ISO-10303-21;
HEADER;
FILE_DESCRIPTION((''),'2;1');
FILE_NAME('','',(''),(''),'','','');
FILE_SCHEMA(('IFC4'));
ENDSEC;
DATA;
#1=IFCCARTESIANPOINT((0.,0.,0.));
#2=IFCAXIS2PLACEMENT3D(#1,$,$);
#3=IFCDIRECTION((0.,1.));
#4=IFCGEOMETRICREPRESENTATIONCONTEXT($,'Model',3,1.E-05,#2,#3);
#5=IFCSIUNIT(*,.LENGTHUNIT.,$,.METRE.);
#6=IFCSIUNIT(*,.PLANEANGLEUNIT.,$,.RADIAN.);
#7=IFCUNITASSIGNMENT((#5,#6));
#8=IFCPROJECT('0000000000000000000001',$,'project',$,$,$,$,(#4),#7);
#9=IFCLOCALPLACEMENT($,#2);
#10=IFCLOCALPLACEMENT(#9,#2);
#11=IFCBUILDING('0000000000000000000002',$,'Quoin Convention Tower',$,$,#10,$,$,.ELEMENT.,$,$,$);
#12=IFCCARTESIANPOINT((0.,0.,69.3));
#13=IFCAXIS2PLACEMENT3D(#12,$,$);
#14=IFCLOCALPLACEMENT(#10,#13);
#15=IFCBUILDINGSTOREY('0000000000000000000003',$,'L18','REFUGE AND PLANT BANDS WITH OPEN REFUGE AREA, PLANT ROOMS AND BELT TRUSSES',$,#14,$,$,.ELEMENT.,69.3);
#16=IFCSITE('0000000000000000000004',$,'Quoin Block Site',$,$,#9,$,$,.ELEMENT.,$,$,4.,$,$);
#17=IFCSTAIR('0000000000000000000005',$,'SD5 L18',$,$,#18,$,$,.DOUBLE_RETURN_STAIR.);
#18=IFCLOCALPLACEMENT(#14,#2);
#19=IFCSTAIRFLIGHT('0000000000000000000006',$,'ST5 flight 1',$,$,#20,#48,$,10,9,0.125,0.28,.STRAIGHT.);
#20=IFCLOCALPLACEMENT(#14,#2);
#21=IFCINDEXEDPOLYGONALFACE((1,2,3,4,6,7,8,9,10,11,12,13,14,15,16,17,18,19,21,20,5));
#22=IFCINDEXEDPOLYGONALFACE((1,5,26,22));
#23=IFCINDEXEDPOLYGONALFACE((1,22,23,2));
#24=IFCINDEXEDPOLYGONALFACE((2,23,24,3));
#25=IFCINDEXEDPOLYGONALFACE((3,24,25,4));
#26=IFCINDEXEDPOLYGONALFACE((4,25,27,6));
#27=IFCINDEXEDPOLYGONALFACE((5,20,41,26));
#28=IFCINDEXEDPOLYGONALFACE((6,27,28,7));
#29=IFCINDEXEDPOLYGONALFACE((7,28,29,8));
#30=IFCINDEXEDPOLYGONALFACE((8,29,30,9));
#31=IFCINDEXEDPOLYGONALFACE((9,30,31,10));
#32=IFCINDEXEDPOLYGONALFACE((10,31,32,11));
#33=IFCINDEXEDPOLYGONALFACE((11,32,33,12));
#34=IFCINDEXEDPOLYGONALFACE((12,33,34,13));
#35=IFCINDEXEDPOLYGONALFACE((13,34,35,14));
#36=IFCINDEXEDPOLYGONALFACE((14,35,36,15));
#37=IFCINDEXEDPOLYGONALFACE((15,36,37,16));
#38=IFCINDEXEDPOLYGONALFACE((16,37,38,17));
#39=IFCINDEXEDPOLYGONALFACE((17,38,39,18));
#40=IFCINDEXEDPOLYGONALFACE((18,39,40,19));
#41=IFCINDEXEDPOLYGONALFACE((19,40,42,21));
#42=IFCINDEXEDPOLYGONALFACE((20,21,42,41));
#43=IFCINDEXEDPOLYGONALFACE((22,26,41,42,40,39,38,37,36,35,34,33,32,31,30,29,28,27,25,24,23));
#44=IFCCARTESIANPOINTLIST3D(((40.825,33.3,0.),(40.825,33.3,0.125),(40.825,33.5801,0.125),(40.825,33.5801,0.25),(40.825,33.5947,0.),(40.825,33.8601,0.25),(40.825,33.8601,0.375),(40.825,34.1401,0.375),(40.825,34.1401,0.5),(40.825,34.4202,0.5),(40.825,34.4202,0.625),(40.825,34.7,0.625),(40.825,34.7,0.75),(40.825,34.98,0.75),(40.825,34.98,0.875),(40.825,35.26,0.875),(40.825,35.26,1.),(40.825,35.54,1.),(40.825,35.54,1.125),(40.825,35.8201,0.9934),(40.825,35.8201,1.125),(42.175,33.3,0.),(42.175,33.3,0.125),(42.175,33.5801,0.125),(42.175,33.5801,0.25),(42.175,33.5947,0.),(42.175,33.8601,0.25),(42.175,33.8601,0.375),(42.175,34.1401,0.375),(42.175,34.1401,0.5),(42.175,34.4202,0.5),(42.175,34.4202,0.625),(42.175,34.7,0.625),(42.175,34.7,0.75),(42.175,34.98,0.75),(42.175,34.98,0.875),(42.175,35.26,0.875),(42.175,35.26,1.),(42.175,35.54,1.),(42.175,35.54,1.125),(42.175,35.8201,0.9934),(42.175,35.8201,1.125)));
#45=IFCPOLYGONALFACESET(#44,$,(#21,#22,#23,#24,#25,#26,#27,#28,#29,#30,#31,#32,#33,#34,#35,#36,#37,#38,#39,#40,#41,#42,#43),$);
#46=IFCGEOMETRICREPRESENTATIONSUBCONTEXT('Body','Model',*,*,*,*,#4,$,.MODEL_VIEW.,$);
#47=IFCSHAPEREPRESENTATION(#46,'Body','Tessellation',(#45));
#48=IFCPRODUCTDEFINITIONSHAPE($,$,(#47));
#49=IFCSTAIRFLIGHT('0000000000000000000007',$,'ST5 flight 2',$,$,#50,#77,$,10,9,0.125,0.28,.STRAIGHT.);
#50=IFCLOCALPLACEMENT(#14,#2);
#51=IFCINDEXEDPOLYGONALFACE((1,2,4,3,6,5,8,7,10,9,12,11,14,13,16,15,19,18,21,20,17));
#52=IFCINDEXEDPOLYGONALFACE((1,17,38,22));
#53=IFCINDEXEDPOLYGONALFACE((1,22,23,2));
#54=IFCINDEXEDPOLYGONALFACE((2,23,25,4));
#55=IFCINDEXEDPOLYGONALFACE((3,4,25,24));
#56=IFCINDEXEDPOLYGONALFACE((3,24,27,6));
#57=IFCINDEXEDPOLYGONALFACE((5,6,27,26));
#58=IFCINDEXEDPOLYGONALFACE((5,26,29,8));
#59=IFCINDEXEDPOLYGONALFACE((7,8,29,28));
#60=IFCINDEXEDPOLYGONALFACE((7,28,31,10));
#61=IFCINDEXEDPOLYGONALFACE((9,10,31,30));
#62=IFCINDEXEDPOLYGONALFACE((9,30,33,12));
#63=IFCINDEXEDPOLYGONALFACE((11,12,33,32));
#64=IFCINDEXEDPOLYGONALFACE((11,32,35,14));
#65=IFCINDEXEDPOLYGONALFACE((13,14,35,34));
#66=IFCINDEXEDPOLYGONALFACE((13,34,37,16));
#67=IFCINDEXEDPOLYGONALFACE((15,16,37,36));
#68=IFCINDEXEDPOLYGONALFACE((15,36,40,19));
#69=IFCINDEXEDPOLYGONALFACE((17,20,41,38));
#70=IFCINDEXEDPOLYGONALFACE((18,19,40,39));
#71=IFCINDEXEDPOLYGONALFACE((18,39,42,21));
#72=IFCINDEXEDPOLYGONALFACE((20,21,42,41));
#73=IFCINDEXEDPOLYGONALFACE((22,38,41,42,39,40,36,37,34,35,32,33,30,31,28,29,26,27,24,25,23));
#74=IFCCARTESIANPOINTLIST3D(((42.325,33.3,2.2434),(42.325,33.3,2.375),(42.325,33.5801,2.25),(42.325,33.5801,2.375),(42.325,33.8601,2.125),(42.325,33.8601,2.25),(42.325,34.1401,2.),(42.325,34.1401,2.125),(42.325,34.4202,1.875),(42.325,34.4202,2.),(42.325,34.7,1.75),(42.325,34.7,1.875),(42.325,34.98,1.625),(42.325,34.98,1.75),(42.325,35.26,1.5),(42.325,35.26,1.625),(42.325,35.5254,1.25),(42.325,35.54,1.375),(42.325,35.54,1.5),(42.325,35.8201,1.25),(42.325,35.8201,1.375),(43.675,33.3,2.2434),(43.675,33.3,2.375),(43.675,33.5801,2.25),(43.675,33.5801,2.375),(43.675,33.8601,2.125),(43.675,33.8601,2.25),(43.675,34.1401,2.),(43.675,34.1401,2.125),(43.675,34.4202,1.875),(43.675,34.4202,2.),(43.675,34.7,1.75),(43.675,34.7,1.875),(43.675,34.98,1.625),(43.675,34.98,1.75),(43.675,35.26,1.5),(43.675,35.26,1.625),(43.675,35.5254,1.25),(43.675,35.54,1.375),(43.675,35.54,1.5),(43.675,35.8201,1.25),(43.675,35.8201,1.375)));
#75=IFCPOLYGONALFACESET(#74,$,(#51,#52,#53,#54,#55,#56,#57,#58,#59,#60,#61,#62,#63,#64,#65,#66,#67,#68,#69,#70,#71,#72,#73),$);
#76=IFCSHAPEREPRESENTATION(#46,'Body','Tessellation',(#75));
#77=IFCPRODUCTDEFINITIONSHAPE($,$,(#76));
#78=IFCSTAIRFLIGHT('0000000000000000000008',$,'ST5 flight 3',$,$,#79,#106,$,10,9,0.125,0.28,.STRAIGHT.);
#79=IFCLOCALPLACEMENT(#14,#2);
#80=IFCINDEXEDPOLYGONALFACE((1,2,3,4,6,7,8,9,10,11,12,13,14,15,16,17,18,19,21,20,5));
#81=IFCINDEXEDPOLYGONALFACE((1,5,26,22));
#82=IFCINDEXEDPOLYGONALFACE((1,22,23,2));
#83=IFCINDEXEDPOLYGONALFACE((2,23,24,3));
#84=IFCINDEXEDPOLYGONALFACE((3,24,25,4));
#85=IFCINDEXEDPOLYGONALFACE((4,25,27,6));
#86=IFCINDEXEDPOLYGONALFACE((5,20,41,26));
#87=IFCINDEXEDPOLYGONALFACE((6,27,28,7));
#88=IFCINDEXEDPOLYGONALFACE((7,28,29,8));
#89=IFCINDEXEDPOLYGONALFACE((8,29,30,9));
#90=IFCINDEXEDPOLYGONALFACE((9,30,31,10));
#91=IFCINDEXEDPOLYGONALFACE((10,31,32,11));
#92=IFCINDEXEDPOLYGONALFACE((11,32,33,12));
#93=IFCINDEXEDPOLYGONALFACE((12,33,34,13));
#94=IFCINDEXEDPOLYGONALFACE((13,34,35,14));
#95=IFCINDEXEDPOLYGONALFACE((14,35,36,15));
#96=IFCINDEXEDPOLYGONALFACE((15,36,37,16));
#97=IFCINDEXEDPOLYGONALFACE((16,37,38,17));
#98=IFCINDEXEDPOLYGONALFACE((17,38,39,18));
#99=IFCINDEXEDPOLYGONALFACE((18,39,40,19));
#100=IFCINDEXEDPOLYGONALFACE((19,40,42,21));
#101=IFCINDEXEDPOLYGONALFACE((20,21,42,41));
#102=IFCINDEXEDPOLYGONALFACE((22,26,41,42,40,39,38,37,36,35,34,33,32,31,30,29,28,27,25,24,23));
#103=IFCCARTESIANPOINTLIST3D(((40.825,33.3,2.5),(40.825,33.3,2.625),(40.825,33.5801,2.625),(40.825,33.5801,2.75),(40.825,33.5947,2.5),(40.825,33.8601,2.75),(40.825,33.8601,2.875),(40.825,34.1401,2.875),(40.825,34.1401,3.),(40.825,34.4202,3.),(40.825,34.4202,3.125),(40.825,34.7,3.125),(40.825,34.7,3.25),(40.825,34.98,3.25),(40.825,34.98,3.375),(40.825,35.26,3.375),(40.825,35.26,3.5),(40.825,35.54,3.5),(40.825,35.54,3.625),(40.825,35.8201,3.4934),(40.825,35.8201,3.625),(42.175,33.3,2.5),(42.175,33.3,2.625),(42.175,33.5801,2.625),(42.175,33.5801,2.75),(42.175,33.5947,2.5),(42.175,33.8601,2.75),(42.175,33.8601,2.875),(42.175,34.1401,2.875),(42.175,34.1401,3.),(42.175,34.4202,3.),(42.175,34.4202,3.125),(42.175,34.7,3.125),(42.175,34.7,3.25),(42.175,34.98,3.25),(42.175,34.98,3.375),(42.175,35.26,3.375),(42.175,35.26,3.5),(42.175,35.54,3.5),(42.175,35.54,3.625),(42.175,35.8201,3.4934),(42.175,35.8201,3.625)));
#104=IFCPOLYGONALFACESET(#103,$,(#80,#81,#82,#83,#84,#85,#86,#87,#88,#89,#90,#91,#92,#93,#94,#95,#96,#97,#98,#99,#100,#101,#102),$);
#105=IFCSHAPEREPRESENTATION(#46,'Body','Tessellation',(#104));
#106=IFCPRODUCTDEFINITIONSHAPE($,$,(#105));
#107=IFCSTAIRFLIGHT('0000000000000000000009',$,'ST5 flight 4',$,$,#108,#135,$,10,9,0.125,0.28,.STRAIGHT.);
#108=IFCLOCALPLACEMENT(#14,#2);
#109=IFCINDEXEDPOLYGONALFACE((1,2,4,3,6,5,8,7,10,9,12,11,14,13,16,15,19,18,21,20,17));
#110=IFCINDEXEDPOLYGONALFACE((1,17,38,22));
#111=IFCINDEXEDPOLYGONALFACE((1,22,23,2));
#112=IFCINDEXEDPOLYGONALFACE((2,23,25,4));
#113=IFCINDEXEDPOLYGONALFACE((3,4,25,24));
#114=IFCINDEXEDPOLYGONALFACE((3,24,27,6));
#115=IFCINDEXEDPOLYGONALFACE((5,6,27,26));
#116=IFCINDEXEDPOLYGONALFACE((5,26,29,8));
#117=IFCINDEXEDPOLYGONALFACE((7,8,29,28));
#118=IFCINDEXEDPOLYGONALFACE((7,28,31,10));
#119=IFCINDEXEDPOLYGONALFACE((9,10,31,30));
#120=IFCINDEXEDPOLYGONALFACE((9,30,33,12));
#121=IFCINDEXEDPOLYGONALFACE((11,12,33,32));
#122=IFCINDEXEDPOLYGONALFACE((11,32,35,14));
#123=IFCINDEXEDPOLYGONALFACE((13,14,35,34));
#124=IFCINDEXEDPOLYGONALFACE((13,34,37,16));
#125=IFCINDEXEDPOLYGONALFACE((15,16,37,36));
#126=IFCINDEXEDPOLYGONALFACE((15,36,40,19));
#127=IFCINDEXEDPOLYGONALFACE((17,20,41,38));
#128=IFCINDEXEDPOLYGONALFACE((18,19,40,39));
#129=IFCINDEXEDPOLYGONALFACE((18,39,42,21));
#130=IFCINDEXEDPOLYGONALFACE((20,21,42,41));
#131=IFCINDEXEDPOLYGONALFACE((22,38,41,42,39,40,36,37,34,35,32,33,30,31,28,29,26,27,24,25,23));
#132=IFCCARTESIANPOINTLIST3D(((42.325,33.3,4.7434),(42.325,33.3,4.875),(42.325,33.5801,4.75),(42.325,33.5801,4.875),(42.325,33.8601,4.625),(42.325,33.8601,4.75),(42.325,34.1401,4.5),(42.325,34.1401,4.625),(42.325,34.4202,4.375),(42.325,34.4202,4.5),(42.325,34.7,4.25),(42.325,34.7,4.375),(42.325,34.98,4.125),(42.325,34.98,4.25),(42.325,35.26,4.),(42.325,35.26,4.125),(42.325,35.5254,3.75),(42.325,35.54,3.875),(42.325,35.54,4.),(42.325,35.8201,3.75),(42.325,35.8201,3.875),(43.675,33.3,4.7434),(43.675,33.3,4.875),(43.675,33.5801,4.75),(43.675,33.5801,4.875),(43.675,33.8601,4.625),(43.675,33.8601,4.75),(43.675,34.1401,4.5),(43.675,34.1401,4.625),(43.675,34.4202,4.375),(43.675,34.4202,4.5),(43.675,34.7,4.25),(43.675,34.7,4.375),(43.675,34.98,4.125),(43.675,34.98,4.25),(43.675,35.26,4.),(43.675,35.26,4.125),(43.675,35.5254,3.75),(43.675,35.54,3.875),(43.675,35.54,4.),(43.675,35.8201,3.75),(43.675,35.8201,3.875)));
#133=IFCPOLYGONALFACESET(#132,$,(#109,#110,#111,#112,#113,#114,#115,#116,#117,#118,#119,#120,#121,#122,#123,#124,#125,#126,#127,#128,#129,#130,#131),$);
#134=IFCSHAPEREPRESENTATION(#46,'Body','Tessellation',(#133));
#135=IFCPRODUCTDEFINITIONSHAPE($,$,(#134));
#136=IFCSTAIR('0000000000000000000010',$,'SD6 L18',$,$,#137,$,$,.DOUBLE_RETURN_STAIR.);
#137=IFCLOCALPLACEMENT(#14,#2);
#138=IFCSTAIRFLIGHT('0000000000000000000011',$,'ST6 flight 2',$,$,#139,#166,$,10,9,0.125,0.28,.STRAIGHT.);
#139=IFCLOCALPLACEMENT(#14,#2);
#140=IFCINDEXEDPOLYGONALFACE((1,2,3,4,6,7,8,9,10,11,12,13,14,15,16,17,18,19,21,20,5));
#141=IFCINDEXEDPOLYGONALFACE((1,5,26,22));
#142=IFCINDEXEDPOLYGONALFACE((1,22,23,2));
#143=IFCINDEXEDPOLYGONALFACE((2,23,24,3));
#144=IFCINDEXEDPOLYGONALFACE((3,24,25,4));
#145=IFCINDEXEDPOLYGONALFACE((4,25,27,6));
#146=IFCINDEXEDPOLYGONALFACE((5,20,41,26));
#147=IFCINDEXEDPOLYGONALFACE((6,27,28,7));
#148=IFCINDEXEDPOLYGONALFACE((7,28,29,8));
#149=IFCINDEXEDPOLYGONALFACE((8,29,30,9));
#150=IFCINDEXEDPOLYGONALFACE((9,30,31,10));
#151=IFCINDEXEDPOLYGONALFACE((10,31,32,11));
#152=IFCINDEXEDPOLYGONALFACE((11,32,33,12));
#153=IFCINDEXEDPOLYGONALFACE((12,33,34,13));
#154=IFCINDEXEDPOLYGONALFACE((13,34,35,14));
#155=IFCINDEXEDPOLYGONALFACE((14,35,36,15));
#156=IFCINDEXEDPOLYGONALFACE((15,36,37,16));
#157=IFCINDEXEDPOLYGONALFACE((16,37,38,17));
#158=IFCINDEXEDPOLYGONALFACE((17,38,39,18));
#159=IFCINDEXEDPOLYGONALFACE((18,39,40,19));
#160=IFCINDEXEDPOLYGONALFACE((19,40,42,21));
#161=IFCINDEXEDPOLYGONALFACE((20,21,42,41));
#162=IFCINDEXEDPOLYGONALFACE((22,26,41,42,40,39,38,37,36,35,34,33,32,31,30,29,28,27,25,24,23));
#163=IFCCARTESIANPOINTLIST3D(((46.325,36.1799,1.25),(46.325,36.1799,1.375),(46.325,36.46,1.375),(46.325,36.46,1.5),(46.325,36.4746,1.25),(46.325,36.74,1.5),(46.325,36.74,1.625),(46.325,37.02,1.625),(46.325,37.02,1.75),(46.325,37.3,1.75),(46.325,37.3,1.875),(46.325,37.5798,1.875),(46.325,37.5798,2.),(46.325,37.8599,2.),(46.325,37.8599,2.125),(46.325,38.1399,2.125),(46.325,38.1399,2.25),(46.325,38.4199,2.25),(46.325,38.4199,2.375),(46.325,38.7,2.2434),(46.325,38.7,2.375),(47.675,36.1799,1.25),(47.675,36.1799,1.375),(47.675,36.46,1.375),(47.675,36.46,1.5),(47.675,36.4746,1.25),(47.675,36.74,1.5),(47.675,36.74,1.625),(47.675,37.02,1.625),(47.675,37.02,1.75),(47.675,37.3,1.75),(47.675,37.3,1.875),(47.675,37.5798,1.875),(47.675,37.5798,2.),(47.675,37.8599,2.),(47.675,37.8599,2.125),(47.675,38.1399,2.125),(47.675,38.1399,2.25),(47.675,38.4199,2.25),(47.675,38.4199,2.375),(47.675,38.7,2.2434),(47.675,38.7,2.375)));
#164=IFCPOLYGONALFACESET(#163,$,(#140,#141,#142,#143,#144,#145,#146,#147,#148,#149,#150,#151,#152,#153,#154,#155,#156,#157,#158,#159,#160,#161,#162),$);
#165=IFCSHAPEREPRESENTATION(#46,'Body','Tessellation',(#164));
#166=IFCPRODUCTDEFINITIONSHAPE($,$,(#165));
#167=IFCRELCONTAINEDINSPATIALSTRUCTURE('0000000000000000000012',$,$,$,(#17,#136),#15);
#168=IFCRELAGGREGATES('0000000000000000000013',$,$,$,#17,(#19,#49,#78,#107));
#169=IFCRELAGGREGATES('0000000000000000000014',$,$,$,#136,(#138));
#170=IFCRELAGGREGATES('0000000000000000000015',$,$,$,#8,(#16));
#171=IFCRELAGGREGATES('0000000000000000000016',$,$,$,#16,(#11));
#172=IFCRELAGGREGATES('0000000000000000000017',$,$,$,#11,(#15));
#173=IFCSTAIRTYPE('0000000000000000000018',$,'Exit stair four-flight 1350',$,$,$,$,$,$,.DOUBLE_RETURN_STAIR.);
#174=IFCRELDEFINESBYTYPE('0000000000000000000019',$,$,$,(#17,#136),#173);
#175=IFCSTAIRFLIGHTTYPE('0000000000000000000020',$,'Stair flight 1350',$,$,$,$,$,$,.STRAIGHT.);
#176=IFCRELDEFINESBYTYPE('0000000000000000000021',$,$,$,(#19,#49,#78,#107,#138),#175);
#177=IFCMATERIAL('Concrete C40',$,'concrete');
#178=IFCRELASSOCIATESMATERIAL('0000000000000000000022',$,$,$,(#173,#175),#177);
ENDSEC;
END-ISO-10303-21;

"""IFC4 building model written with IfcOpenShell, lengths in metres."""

from ifc_helpers import new_model, si_unit, direction, frame, origin, place, context, subcontext, project, spatial, polyline, outline, extrude, material, type_object, element, aggregate, save


model = new_model("IFC4")

# Units and contexts
model_context = context("Model", 3, precision=1e-05, world=origin(), true_north=direction((0.0, 1.0)))
body_context = subcontext(model_context, "Body", "Model", "MODEL_VIEW")
ifc_project = project(units=[si_unit("LENGTHUNIT", "METRE"), si_unit("PLANEANGLEUNIT", "RADIAN")], contexts=[model_context])

# Site, building, storey
site_placement = place(None, origin())
site = spatial("IfcSite", under=ifc_project, at=site_placement, Name="Quoin Block Site", CompositionType="ELEMENT", RefElevation=4.0)
building_placement = place(site_placement, origin())
building = spatial("IfcBuilding", under=site, at=building_placement, Name="Quoin Convention Tower", CompositionType="ELEMENT")
storey_placement = place(building_placement, frame((0.0, 0.0, 69.3)))
storey = spatial("IfcBuildingStorey", under=building, at=storey_placement, Name="L18", Description="REFUGE AND PLANT BANDS WITH OPEN REFUGE AREA, PLANT ROOMS AND BELT TRUSSES", CompositionType="ELEMENT", Elevation=69.3)

# Stairs, stair flights
ifc_material_1 = material(Name="Concrete C40", Category="concrete")
stair_type = type_object("IfcStairType", Name="Exit stair four-flight 1350", PredefinedType="DOUBLE_RETURN_STAIR", material=ifc_material_1)
stair_1_placement = place(storey_placement, origin())
stair_1 = element("IfcStair", 1, at=stair_1_placement, inside=storey, type_object=stair_type, Name="SD5 L18", PredefinedType="DOUBLE_RETURN_STAIR")
stair_flight_type = type_object("IfcStairFlightType", Name="Stair flight 1350", PredefinedType="STRAIGHT", material=ifc_material_1)
stair_flight_1_placement = place(storey_placement, frame((41.5, 33.3, 0.0), z_axis=(0.0, 0.0, 1.0), x_axis=(0.0, 1.0, 0.0)))
stair_flight_1 = element("IfcStairFlight", 2, at=stair_flight_1_placement, type_object=stair_flight_type, Name="ST5 flight 1", NumberOfRisers=10, NumberOfTreads=9, PredefinedType="STRAIGHT", RiserHeight=0.125, TreadLength=0.28, context=body_context, shape_type="SweptSolid", body=[
    extrude(outline(polyline([(0.0, 0.0), (0.0, 0.125), (0.28, 0.125), (0.28, 0.25), (0.5601, 0.25), (0.5601, 0.375), (0.8401, 0.375), (0.8401, 0.5), (1.1201, 0.5), (1.1201, 0.625), (1.3999, 0.625), (1.3999, 0.75), (1.6799, 0.75), (1.6799, 0.875), (1.96, 0.875), (1.96, 1.0), (2.24, 1.0), (2.24, 1.125), (2.52, 1.125), (2.52, 1.25), (2.52, 0.9934), (0.2947, 0.0), (0.0, 0.0)])), frame((0.0, 0.675, 0.0), z_axis=(0.0, -1.0, 0.0), x_axis=(1.0, 0.0, 0.0)), (0.0, 0.0, 1.0), 1.3501),
])
stair_flight_2_placement = place(storey_placement, frame((43.0, 35.8201, 1.25), z_axis=(0.0, 0.0, 1.0), x_axis=(0.0, -1.0, 0.0)))
stair_flight_2 = element("IfcStairFlight", 3, at=stair_flight_2_placement, type_object=stair_flight_type, Name="ST5 flight 2", NumberOfRisers=10, NumberOfTreads=9, PredefinedType="STRAIGHT", RiserHeight=0.125, TreadLength=0.28, context=body_context, shape_type="SweptSolid", body=[
    extrude(outline(polyline([(0.0, 0.0), (0.0, 0.125), (0.28, 0.125), (0.28, 0.25), (0.5601, 0.25), (0.5601, 0.375), (0.8401, 0.375), (0.8401, 0.5), (1.1201, 0.5), (1.1201, 0.625), (1.3999, 0.625), (1.3999, 0.75), (1.6799, 0.75), (1.6799, 0.875), (1.96, 0.875), (1.96, 1.0), (2.24, 1.0), (2.24, 1.125), (2.52, 1.125), (2.52, 1.25), (2.52, 0.9934), (0.2947, 0.0), (0.0, 0.0)])), frame((0.0, 0.675, 0.0), z_axis=(0.0, -1.0, 0.0), x_axis=(1.0, 0.0, 0.0)), (0.0, 0.0, 1.0), 1.3501),
])
stair_flight_3_placement = place(storey_placement, frame((41.5, 33.3, 2.5), z_axis=(0.0, 0.0, 1.0), x_axis=(0.0, 1.0, 0.0)))
stair_flight_3 = element("IfcStairFlight", 4, at=stair_flight_3_placement, type_object=stair_flight_type, Name="ST5 flight 3", NumberOfRisers=10, NumberOfTreads=9, PredefinedType="STRAIGHT", RiserHeight=0.125, TreadLength=0.28, context=body_context, shape_type="SweptSolid", body=[
    extrude(outline(polyline([(0.0, 0.0), (0.0, 0.125), (0.28, 0.125), (0.28, 0.25), (0.5601, 0.25), (0.5601, 0.375), (0.8401, 0.375), (0.8401, 0.5), (1.1201, 0.5), (1.1201, 0.625), (1.3999, 0.625), (1.3999, 0.75), (1.6799, 0.75), (1.6799, 0.875), (1.96, 0.875), (1.96, 1.0), (2.24, 1.0), (2.24, 1.125), (2.52, 1.125), (2.52, 1.25), (2.52, 0.9934), (0.2947, 0.0), (0.0, 0.0)])), frame((0.0, 0.675, 0.0), z_axis=(0.0, -1.0, 0.0), x_axis=(1.0, 0.0, 0.0)), (0.0, 0.0, 1.0), 1.3501),
])
stair_flight_4_placement = place(storey_placement, frame((43.0, 35.8201, 3.75), z_axis=(0.0, 0.0, 1.0), x_axis=(0.0, -1.0, 0.0)))
stair_flight_4 = element("IfcStairFlight", 5, at=stair_flight_4_placement, type_object=stair_flight_type, Name="ST5 flight 4", NumberOfRisers=10, NumberOfTreads=9, PredefinedType="STRAIGHT", RiserHeight=0.125, TreadLength=0.28, context=body_context, shape_type="SweptSolid", body=[
    extrude(outline(polyline([(0.0, 0.0), (0.0, 0.125), (0.28, 0.125), (0.28, 0.25), (0.5601, 0.25), (0.5601, 0.375), (0.8401, 0.375), (0.8401, 0.5), (1.1201, 0.5), (1.1201, 0.625), (1.3999, 0.625), (1.3999, 0.75), (1.6799, 0.75), (1.6799, 0.875), (1.96, 0.875), (1.96, 1.0), (2.24, 1.0), (2.24, 1.125), (2.52, 1.125), (2.52, 1.25), (2.52, 0.9934), (0.2947, 0.0), (0.0, 0.0)])), frame((0.0, 0.675, 0.0), z_axis=(0.0, -1.0, 0.0), x_axis=(1.0, 0.0, 0.0)), (0.0, 0.0, 1.0), 1.3501),
])
aggregate(stair_1, [stair_flight_1, stair_flight_2, stair_flight_3, stair_flight_4])
stair_2_placement = place(storey_placement, origin())
stair_2 = element("IfcStair", 6, at=stair_2_placement, inside=storey, type_object=stair_type, Name="SD6 L18", PredefinedType="DOUBLE_RETURN_STAIR")
stair_flight_5_placement = place(storey_placement, frame((47.0, 36.1799, 1.25), z_axis=(0.0, 0.0, 1.0), x_axis=(0.0, 1.0, 0.0)))
stair_flight_5 = element("IfcStairFlight", 7, at=stair_flight_5_placement, type_object=stair_flight_type, Name="ST6 flight 2", NumberOfRisers=10, NumberOfTreads=9, PredefinedType="STRAIGHT", RiserHeight=0.125, TreadLength=0.28, context=body_context, shape_type="SweptSolid", body=[
    extrude(outline(polyline([(0.0, 0.0), (0.0, 0.125), (0.28, 0.125), (0.28, 0.25), (0.5601, 0.25), (0.5601, 0.375), (0.8401, 0.375), (0.8401, 0.5), (1.1201, 0.5), (1.1201, 0.625), (1.3999, 0.625), (1.3999, 0.75), (1.6799, 0.75), (1.6799, 0.875), (1.96, 0.875), (1.96, 1.0), (2.24, 1.0), (2.24, 1.125), (2.52, 1.125), (2.52, 1.25), (2.52, 0.9934), (0.2947, 0.0), (0.0, 0.0)])), frame((0.0, 0.675, 0.0), z_axis=(0.0, -1.0, 0.0), x_axis=(1.0, 0.0, 0.0)), (0.0, 0.0, 1.0), 1.3501),
])
aggregate(stair_2, [stair_flight_5])

save(model, "model.ifc")
